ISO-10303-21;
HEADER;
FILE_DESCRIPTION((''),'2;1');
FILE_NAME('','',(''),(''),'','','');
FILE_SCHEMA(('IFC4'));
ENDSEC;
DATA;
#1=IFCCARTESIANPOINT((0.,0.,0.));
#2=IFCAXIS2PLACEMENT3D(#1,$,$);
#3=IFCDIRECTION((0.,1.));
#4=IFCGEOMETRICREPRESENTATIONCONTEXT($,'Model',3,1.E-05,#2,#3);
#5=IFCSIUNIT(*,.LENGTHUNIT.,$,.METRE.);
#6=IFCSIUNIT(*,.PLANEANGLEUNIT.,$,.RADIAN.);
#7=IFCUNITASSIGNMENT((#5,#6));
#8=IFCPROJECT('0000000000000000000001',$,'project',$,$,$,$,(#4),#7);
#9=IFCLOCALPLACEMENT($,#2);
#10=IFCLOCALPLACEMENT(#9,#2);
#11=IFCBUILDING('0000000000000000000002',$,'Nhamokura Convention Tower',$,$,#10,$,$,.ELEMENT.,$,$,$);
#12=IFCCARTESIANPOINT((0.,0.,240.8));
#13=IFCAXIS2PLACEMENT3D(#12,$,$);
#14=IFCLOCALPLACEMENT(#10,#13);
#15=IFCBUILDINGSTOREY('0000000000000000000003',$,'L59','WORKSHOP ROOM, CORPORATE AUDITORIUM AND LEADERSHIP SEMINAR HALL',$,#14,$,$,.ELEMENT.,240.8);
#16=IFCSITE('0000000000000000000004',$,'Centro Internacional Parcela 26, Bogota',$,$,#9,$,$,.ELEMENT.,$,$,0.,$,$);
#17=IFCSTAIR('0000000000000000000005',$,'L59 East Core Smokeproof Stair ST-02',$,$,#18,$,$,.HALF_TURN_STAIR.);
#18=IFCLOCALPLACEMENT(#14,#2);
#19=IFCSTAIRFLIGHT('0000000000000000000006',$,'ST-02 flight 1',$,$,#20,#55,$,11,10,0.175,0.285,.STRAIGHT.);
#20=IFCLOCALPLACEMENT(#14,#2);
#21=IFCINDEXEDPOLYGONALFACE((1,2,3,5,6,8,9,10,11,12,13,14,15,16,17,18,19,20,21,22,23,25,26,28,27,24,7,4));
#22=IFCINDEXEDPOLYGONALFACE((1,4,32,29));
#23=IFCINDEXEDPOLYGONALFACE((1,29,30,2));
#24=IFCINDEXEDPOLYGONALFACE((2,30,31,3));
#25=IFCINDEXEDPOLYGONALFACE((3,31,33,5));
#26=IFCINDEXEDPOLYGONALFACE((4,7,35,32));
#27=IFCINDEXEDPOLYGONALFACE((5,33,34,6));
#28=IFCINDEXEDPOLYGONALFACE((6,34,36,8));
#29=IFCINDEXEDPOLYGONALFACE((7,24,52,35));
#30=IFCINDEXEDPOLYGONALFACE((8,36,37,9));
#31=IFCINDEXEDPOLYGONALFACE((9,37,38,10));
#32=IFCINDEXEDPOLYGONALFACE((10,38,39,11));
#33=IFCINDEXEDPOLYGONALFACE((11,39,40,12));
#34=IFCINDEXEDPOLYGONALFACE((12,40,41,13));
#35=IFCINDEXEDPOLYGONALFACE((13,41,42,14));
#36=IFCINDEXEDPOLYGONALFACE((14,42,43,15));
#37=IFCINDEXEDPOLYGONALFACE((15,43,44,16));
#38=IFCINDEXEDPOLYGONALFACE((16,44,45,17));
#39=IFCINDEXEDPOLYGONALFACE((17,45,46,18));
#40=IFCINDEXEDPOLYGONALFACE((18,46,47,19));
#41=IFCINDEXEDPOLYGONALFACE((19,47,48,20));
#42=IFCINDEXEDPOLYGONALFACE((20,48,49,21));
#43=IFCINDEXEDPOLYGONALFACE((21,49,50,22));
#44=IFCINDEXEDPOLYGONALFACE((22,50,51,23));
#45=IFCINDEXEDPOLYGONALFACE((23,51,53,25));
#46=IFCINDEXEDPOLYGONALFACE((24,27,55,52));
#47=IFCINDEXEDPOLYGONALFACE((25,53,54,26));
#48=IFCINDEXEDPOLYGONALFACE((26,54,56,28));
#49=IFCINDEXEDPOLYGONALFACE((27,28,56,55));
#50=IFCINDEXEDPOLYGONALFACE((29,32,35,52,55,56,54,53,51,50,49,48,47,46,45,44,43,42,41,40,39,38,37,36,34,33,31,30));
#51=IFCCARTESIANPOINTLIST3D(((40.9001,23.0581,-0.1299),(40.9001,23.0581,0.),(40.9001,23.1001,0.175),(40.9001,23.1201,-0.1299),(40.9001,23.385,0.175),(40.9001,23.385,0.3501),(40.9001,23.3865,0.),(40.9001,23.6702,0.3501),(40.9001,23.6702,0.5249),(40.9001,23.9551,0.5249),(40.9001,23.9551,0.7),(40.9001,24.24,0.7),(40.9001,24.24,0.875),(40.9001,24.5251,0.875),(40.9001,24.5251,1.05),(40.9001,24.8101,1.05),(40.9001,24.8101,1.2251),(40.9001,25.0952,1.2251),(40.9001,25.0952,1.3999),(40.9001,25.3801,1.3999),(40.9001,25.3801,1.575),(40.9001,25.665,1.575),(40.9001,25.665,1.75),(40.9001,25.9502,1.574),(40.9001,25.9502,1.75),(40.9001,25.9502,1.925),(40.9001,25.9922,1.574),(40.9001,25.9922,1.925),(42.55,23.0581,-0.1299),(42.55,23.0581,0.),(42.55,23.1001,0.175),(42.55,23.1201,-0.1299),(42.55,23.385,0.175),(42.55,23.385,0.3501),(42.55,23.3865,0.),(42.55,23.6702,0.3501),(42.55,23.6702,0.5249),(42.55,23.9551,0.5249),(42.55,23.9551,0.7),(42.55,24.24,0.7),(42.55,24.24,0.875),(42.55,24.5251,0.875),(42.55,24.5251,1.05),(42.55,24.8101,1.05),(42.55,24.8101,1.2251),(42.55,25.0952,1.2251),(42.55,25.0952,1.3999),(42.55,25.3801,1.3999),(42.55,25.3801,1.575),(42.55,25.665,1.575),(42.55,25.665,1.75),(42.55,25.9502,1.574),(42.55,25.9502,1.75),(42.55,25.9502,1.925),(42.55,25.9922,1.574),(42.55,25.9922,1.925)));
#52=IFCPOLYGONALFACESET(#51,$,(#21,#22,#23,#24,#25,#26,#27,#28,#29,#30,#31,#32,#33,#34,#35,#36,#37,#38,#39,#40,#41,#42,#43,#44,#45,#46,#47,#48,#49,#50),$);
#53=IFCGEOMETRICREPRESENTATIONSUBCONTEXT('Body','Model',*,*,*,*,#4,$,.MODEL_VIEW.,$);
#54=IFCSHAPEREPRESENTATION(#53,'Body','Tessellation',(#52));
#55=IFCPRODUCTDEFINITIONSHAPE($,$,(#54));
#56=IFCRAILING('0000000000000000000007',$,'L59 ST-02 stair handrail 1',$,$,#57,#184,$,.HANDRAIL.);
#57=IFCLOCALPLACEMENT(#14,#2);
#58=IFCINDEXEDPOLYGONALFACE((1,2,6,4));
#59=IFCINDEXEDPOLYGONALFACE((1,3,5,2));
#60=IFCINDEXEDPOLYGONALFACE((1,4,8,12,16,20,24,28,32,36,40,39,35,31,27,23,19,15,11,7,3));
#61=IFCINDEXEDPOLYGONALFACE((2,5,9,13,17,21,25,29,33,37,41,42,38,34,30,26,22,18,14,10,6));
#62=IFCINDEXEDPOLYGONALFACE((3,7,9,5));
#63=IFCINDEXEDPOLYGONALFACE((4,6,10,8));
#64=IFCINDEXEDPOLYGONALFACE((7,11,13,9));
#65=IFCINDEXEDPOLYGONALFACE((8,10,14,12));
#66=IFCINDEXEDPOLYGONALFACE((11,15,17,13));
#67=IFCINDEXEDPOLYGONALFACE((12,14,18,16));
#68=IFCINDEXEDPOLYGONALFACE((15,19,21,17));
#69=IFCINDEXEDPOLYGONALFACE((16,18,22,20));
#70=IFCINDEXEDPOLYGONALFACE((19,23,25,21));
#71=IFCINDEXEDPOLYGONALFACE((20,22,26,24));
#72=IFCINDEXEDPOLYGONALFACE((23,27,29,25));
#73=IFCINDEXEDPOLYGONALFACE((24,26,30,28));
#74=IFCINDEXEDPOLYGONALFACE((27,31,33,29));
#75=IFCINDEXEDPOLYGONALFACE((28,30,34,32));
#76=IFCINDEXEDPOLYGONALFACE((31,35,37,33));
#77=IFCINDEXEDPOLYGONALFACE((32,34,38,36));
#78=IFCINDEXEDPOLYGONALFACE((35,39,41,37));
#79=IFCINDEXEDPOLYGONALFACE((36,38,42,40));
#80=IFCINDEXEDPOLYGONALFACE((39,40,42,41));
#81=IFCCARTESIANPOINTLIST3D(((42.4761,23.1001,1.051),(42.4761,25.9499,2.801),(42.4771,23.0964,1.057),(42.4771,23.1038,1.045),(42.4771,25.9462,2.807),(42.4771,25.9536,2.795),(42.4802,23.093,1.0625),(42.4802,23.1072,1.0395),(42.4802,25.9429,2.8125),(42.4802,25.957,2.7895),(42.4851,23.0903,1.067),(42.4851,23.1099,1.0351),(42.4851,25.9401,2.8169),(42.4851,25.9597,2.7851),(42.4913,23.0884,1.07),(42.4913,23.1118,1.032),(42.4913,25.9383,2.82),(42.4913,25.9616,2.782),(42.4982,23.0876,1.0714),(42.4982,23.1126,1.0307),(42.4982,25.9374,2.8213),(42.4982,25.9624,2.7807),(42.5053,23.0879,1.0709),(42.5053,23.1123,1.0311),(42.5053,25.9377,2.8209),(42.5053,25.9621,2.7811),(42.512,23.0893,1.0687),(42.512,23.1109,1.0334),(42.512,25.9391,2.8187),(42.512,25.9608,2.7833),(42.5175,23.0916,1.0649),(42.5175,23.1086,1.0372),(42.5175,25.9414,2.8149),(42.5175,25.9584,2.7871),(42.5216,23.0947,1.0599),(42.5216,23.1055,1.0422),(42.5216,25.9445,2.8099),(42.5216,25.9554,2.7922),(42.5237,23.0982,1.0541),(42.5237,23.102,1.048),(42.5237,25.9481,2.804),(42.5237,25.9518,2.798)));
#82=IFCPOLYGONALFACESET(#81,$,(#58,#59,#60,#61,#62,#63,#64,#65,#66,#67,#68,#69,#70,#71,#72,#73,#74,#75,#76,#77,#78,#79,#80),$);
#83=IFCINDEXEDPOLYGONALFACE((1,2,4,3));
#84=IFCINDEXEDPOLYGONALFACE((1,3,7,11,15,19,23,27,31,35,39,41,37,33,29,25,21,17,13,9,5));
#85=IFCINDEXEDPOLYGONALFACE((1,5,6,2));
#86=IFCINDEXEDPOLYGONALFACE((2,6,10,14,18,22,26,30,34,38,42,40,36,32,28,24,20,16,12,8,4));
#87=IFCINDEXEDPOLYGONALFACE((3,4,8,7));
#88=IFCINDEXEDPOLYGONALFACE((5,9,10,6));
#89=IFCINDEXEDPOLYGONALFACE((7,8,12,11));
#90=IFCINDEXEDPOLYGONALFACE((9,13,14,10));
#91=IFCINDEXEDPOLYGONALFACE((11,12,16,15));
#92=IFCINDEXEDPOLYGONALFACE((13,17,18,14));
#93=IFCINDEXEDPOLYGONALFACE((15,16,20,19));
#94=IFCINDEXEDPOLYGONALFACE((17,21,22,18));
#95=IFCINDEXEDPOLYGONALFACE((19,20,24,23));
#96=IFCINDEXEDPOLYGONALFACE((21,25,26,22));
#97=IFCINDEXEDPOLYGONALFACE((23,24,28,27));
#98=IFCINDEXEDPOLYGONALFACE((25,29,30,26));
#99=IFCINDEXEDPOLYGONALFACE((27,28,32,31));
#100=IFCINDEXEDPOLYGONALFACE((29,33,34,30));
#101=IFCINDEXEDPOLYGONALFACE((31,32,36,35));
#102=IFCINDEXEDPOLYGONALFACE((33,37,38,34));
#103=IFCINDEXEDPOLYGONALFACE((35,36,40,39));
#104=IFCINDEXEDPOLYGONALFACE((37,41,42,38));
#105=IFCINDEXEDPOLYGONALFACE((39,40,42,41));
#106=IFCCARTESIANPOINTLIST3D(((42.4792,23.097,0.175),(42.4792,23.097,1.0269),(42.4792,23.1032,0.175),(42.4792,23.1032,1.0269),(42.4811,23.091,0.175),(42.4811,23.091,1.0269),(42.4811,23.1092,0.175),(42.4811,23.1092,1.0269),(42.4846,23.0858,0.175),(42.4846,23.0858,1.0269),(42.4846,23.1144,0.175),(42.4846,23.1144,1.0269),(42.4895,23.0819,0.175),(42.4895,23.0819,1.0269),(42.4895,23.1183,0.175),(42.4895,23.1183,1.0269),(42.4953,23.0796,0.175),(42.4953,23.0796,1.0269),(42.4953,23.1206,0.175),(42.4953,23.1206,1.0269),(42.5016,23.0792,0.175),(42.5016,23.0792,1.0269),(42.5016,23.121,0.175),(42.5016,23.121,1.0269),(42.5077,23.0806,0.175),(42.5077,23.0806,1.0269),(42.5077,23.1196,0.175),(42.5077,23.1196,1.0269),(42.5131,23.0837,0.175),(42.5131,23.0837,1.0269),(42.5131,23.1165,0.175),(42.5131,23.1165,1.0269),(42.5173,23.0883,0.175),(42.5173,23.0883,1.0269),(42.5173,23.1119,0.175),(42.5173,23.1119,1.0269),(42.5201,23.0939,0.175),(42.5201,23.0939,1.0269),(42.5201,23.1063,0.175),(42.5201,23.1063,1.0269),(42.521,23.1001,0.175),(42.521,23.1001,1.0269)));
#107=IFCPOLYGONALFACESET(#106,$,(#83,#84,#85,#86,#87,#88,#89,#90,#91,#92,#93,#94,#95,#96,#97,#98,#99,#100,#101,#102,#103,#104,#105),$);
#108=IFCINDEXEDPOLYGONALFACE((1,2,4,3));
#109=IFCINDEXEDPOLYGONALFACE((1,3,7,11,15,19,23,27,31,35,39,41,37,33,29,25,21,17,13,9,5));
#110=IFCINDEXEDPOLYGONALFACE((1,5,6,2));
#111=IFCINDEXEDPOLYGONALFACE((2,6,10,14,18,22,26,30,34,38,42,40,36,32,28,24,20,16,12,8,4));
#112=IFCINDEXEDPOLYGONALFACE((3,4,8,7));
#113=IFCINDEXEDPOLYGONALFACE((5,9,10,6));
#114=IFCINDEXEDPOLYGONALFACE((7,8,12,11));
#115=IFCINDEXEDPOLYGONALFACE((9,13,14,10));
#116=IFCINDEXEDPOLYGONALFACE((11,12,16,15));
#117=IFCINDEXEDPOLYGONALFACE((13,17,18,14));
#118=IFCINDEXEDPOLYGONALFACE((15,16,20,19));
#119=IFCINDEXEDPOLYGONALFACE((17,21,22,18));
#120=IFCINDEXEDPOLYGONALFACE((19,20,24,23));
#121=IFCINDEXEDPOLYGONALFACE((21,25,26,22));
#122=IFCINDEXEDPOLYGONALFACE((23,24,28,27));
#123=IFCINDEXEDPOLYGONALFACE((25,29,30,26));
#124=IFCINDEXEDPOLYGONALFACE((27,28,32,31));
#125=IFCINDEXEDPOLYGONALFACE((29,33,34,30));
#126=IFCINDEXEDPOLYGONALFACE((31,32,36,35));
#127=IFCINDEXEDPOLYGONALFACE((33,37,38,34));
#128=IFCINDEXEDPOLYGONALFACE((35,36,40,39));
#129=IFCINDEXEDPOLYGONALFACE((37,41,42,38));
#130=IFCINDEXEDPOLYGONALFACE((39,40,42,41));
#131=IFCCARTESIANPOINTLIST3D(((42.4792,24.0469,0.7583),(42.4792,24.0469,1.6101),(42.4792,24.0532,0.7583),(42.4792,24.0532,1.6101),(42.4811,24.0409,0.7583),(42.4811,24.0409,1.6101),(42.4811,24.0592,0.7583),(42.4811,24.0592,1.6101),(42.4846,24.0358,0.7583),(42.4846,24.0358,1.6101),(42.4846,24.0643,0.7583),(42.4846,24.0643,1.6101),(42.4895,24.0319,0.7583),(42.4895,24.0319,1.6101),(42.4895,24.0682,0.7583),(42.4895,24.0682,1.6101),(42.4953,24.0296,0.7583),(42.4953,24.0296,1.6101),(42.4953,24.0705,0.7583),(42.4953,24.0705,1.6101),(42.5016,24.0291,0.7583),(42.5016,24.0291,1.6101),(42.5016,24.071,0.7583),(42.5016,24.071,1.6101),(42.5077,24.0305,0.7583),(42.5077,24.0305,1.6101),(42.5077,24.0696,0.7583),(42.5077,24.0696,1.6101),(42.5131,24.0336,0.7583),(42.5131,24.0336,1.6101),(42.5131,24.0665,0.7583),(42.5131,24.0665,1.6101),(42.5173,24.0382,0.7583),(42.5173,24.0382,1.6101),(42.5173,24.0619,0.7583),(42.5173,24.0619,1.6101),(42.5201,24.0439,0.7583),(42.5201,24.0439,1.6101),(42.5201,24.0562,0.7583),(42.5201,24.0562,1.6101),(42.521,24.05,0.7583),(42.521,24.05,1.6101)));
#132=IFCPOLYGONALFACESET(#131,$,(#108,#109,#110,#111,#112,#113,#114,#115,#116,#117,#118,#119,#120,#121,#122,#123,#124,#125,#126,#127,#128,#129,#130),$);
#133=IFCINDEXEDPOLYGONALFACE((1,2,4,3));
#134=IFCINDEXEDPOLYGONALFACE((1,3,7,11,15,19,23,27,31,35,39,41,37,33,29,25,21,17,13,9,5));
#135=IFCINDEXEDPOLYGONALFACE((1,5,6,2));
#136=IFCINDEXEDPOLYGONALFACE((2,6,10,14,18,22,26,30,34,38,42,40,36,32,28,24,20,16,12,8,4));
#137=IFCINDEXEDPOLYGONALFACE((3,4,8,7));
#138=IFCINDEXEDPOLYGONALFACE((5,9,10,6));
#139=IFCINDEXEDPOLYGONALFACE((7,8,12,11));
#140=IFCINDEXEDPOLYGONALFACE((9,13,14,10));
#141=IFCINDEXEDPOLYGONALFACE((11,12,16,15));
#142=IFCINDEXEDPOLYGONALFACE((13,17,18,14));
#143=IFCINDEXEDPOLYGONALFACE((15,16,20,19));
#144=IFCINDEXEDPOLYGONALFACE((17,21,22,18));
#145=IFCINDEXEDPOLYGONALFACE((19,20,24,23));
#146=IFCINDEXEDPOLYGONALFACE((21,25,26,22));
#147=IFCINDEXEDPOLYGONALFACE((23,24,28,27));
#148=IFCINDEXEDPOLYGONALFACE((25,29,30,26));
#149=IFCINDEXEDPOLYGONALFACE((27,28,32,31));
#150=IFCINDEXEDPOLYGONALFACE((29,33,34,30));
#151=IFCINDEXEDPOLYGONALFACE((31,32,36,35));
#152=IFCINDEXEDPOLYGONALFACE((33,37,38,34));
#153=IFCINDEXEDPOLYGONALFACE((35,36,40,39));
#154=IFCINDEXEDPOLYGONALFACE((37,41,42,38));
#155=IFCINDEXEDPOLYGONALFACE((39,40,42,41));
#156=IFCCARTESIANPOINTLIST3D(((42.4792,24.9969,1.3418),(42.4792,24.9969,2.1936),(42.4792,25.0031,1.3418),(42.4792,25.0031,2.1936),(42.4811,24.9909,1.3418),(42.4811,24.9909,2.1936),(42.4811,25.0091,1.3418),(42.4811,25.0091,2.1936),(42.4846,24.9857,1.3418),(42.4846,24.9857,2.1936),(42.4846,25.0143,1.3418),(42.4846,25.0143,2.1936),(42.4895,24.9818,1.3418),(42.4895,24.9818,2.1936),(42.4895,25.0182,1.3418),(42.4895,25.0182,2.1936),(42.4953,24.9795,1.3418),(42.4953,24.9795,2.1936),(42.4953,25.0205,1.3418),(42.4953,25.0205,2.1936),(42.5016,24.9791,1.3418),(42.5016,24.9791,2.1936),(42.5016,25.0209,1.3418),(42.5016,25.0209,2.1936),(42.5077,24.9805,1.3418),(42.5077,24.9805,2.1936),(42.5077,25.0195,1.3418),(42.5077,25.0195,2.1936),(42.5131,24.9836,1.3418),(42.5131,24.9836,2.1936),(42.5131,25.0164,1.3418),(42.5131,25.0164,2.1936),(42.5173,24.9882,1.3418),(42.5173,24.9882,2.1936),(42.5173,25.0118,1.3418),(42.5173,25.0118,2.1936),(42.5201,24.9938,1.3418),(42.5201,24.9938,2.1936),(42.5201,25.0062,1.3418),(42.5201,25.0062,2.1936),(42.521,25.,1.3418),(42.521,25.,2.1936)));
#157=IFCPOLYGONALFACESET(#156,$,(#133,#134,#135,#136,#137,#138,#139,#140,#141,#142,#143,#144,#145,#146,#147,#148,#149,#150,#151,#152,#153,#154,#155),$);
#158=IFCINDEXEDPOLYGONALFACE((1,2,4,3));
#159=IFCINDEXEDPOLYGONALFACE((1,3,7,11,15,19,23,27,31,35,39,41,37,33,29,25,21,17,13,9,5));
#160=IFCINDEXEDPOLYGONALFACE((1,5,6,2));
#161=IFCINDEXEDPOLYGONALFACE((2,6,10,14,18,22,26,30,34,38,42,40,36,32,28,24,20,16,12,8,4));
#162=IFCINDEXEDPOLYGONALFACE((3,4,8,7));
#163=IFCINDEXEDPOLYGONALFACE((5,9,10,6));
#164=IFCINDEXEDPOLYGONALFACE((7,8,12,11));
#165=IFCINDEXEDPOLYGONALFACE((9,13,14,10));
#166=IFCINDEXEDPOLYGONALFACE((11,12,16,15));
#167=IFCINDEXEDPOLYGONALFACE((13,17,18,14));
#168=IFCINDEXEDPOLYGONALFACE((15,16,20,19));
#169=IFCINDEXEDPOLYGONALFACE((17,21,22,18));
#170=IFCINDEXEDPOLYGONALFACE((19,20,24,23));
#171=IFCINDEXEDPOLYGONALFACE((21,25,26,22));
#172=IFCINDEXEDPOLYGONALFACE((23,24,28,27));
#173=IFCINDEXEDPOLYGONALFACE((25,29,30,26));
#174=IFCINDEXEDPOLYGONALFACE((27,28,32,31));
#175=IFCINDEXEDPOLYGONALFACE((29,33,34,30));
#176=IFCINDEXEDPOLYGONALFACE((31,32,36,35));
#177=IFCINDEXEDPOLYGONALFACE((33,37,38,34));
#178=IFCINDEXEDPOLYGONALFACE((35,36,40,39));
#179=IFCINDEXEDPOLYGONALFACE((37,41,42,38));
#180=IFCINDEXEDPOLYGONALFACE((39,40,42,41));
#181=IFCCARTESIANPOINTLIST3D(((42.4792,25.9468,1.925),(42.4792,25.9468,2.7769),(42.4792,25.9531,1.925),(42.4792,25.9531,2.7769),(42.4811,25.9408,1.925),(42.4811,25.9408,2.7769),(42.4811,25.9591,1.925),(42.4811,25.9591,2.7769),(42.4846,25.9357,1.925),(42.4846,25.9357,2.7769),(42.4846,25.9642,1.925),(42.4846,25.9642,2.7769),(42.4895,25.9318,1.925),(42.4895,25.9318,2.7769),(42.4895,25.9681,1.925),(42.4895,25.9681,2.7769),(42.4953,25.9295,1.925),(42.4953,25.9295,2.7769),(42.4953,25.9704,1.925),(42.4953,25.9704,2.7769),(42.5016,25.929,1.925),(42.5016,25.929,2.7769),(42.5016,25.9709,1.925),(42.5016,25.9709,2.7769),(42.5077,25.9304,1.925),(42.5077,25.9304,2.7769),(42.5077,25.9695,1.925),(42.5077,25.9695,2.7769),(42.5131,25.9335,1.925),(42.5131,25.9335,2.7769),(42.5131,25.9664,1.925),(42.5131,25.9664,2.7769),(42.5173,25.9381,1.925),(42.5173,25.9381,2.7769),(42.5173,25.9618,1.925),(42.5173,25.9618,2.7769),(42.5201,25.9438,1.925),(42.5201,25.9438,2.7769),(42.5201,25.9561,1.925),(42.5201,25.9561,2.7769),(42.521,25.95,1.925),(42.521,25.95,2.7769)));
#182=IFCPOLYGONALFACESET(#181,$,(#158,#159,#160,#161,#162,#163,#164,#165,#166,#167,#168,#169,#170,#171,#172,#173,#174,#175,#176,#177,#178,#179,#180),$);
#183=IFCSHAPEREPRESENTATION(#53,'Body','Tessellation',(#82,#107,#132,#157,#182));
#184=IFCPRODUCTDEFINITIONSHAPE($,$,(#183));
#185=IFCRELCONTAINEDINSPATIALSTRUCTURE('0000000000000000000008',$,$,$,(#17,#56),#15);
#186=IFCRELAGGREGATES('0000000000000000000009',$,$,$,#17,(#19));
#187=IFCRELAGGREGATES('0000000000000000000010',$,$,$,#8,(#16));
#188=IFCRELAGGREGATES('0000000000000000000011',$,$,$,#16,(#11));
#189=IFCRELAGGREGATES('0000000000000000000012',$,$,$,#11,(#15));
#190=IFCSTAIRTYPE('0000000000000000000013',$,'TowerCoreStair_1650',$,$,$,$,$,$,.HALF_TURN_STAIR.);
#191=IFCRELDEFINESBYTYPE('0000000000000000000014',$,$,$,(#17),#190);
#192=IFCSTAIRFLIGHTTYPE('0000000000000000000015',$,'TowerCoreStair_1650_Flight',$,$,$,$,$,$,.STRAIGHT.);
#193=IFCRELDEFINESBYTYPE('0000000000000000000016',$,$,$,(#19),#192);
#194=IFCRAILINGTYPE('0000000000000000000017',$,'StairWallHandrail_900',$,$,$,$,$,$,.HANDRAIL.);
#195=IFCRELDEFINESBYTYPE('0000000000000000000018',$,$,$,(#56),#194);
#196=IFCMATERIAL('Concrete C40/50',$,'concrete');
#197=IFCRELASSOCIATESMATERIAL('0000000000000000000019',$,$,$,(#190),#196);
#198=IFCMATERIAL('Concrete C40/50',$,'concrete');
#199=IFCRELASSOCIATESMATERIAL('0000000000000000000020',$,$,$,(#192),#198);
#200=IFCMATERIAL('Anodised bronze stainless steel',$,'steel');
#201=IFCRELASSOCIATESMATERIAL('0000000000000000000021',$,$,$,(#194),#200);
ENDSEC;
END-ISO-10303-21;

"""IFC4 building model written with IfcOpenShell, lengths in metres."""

from ifc_helpers import new_model, si_unit, direction, frame, origin, origin_2d, place, context, subcontext, project, spatial, polyline, circle, outline, extrude, material, type_object, element, aggregate, save


model = new_model("IFC4")

# Units and contexts
model_context = context("Model", 3, precision=1e-05, world=origin(), true_north=direction((0.0, 1.0)))
body_context = subcontext(model_context, "Body", "Model", "MODEL_VIEW")
ifc_project = project(units=[si_unit("LENGTHUNIT", "METRE"), si_unit("PLANEANGLEUNIT", "RADIAN")], contexts=[model_context])

# Site, building, storey
site_placement = place(None, origin())
site = spatial("IfcSite", under=ifc_project, at=site_placement, Name="Centro Internacional Parcela 26, Bogota", CompositionType="ELEMENT", RefElevation=0.0)
building_placement = place(site_placement, origin())
building = spatial("IfcBuilding", under=site, at=building_placement, Name="Nhamokura Convention Tower", CompositionType="ELEMENT")
storey_placement = place(building_placement, frame((0.0, 0.0, 240.8)))
storey = spatial("IfcBuildingStorey", under=building, at=storey_placement, Name="L59", Description="WORKSHOP ROOM, CORPORATE AUDITORIUM AND LEADERSHIP SEMINAR HALL", CompositionType="ELEMENT", Elevation=240.8)

# Stair, stair flight
ifc_material_1 = material(Name="Concrete C40/50", Category="concrete")
stair_type = type_object("IfcStairType", Name="TowerCoreStair_1650", PredefinedType="HALF_TURN_STAIR", material=ifc_material_1)
stair_placement = place(storey_placement, origin())
stair = element("IfcStair", 1, at=stair_placement, inside=storey, type_object=stair_type, Name="L59 East Core Smokeproof Stair ST-02", PredefinedType="HALF_TURN_STAIR")
ifc_material_2 = material(Name="Concrete C40/50", Category="concrete")
stair_flight_type = type_object("IfcStairFlightType", Name="TowerCoreStair_1650_Flight", PredefinedType="STRAIGHT", material=ifc_material_2)
stair_flight_placement = place(storey_placement, frame((41.7251, 23.1001, 0.0), z_axis=(0.0, 0.0, 1.0), x_axis=(0.0, 1.0, 0.0)))
stair_flight = element("IfcStairFlight", 2, at=stair_flight_placement, type_object=stair_flight_type, Name="ST-02 flight 1", NumberOfRisers=11, NumberOfTreads=10, PredefinedType="STRAIGHT", RiserHeight=0.175, TreadLength=0.285, context=body_context, shape_type="SweptSolid", body=[
    extrude(outline(polyline([(-0.042, 0.0), (0.0, 0.175), (0.2849, 0.175), (0.2849, 0.3501), (0.5701, 0.3501), (0.5701, 0.5249), (0.855, 0.5249), (0.855, 0.7), (1.1399, 0.7), (1.1399, 0.875), (1.425, 0.875), (1.425, 1.05), (1.71, 1.05), (1.71, 1.2251), (1.9951, 1.2251), (1.9951, 1.3999), (2.28, 1.3999), (2.28, 1.575), (2.5649, 1.575), (2.5649, 1.75), (2.8501, 1.75), (2.8501, 1.925), (2.8921, 1.925), (2.8921, 1.574), (2.8501, 1.574), (0.2864, 0.0), (0.02, -0.1299), (-0.042, -0.1299), (-0.042, 0.0)])), frame((0.0, 0.825, 0.0), z_axis=(0.0, -1.0, 0.0), x_axis=(1.0, 0.0, 0.0)), (0.0, 0.0, 1.0), 1.6499),
])
aggregate(stair, [stair_flight])

# Railing
ifc_material_3 = material(Name="Anodised bronze stainless steel", Category="steel")
railing_type_1 = type_object("IfcRailingType", Name="StairWallHandrail_900", PredefinedType="HANDRAIL", material=ifc_material_3)
railing_1_placement = place(storey_placement, frame((42.5, 23.1001, 0.175)))
element("IfcRailing", 3, at=railing_1_placement, inside=storey, type_object=railing_type_1, Name="L59 ST-02 stair handrail 1", PredefinedType="HANDRAIL", context=body_context, shape_type="SweptSolid", body=[
    extrude(circle(Radius=0.0239, at=origin_2d()), frame((0.0, 0.0, 0.876), z_axis=(0.0, 0.852159, 0.523283), x_axis=(-1.0, 0.0, 0.0)), (0.0, 0.0, 1.0), 3.3442),
    extrude(circle(Radius=0.021, at=origin_2d()), origin(), (0.0, 0.0, 1.0), 0.8518),
    extrude(circle(Radius=0.021, at=origin_2d()), frame((0.0, 0.95, 0.5833)), (0.0, 0.0, 1.0), 0.8518),
    extrude(circle(Radius=0.021, at=origin_2d()), frame((0.0, 1.8999, 1.1667)), (0.0, 0.0, 1.0), 0.8518),
    extrude(circle(Radius=0.021, at=origin_2d()), frame((0.0, 2.8499, 1.75)), (0.0, 0.0, 1.0), 0.8518),
])

save(model, "model.ifc")
